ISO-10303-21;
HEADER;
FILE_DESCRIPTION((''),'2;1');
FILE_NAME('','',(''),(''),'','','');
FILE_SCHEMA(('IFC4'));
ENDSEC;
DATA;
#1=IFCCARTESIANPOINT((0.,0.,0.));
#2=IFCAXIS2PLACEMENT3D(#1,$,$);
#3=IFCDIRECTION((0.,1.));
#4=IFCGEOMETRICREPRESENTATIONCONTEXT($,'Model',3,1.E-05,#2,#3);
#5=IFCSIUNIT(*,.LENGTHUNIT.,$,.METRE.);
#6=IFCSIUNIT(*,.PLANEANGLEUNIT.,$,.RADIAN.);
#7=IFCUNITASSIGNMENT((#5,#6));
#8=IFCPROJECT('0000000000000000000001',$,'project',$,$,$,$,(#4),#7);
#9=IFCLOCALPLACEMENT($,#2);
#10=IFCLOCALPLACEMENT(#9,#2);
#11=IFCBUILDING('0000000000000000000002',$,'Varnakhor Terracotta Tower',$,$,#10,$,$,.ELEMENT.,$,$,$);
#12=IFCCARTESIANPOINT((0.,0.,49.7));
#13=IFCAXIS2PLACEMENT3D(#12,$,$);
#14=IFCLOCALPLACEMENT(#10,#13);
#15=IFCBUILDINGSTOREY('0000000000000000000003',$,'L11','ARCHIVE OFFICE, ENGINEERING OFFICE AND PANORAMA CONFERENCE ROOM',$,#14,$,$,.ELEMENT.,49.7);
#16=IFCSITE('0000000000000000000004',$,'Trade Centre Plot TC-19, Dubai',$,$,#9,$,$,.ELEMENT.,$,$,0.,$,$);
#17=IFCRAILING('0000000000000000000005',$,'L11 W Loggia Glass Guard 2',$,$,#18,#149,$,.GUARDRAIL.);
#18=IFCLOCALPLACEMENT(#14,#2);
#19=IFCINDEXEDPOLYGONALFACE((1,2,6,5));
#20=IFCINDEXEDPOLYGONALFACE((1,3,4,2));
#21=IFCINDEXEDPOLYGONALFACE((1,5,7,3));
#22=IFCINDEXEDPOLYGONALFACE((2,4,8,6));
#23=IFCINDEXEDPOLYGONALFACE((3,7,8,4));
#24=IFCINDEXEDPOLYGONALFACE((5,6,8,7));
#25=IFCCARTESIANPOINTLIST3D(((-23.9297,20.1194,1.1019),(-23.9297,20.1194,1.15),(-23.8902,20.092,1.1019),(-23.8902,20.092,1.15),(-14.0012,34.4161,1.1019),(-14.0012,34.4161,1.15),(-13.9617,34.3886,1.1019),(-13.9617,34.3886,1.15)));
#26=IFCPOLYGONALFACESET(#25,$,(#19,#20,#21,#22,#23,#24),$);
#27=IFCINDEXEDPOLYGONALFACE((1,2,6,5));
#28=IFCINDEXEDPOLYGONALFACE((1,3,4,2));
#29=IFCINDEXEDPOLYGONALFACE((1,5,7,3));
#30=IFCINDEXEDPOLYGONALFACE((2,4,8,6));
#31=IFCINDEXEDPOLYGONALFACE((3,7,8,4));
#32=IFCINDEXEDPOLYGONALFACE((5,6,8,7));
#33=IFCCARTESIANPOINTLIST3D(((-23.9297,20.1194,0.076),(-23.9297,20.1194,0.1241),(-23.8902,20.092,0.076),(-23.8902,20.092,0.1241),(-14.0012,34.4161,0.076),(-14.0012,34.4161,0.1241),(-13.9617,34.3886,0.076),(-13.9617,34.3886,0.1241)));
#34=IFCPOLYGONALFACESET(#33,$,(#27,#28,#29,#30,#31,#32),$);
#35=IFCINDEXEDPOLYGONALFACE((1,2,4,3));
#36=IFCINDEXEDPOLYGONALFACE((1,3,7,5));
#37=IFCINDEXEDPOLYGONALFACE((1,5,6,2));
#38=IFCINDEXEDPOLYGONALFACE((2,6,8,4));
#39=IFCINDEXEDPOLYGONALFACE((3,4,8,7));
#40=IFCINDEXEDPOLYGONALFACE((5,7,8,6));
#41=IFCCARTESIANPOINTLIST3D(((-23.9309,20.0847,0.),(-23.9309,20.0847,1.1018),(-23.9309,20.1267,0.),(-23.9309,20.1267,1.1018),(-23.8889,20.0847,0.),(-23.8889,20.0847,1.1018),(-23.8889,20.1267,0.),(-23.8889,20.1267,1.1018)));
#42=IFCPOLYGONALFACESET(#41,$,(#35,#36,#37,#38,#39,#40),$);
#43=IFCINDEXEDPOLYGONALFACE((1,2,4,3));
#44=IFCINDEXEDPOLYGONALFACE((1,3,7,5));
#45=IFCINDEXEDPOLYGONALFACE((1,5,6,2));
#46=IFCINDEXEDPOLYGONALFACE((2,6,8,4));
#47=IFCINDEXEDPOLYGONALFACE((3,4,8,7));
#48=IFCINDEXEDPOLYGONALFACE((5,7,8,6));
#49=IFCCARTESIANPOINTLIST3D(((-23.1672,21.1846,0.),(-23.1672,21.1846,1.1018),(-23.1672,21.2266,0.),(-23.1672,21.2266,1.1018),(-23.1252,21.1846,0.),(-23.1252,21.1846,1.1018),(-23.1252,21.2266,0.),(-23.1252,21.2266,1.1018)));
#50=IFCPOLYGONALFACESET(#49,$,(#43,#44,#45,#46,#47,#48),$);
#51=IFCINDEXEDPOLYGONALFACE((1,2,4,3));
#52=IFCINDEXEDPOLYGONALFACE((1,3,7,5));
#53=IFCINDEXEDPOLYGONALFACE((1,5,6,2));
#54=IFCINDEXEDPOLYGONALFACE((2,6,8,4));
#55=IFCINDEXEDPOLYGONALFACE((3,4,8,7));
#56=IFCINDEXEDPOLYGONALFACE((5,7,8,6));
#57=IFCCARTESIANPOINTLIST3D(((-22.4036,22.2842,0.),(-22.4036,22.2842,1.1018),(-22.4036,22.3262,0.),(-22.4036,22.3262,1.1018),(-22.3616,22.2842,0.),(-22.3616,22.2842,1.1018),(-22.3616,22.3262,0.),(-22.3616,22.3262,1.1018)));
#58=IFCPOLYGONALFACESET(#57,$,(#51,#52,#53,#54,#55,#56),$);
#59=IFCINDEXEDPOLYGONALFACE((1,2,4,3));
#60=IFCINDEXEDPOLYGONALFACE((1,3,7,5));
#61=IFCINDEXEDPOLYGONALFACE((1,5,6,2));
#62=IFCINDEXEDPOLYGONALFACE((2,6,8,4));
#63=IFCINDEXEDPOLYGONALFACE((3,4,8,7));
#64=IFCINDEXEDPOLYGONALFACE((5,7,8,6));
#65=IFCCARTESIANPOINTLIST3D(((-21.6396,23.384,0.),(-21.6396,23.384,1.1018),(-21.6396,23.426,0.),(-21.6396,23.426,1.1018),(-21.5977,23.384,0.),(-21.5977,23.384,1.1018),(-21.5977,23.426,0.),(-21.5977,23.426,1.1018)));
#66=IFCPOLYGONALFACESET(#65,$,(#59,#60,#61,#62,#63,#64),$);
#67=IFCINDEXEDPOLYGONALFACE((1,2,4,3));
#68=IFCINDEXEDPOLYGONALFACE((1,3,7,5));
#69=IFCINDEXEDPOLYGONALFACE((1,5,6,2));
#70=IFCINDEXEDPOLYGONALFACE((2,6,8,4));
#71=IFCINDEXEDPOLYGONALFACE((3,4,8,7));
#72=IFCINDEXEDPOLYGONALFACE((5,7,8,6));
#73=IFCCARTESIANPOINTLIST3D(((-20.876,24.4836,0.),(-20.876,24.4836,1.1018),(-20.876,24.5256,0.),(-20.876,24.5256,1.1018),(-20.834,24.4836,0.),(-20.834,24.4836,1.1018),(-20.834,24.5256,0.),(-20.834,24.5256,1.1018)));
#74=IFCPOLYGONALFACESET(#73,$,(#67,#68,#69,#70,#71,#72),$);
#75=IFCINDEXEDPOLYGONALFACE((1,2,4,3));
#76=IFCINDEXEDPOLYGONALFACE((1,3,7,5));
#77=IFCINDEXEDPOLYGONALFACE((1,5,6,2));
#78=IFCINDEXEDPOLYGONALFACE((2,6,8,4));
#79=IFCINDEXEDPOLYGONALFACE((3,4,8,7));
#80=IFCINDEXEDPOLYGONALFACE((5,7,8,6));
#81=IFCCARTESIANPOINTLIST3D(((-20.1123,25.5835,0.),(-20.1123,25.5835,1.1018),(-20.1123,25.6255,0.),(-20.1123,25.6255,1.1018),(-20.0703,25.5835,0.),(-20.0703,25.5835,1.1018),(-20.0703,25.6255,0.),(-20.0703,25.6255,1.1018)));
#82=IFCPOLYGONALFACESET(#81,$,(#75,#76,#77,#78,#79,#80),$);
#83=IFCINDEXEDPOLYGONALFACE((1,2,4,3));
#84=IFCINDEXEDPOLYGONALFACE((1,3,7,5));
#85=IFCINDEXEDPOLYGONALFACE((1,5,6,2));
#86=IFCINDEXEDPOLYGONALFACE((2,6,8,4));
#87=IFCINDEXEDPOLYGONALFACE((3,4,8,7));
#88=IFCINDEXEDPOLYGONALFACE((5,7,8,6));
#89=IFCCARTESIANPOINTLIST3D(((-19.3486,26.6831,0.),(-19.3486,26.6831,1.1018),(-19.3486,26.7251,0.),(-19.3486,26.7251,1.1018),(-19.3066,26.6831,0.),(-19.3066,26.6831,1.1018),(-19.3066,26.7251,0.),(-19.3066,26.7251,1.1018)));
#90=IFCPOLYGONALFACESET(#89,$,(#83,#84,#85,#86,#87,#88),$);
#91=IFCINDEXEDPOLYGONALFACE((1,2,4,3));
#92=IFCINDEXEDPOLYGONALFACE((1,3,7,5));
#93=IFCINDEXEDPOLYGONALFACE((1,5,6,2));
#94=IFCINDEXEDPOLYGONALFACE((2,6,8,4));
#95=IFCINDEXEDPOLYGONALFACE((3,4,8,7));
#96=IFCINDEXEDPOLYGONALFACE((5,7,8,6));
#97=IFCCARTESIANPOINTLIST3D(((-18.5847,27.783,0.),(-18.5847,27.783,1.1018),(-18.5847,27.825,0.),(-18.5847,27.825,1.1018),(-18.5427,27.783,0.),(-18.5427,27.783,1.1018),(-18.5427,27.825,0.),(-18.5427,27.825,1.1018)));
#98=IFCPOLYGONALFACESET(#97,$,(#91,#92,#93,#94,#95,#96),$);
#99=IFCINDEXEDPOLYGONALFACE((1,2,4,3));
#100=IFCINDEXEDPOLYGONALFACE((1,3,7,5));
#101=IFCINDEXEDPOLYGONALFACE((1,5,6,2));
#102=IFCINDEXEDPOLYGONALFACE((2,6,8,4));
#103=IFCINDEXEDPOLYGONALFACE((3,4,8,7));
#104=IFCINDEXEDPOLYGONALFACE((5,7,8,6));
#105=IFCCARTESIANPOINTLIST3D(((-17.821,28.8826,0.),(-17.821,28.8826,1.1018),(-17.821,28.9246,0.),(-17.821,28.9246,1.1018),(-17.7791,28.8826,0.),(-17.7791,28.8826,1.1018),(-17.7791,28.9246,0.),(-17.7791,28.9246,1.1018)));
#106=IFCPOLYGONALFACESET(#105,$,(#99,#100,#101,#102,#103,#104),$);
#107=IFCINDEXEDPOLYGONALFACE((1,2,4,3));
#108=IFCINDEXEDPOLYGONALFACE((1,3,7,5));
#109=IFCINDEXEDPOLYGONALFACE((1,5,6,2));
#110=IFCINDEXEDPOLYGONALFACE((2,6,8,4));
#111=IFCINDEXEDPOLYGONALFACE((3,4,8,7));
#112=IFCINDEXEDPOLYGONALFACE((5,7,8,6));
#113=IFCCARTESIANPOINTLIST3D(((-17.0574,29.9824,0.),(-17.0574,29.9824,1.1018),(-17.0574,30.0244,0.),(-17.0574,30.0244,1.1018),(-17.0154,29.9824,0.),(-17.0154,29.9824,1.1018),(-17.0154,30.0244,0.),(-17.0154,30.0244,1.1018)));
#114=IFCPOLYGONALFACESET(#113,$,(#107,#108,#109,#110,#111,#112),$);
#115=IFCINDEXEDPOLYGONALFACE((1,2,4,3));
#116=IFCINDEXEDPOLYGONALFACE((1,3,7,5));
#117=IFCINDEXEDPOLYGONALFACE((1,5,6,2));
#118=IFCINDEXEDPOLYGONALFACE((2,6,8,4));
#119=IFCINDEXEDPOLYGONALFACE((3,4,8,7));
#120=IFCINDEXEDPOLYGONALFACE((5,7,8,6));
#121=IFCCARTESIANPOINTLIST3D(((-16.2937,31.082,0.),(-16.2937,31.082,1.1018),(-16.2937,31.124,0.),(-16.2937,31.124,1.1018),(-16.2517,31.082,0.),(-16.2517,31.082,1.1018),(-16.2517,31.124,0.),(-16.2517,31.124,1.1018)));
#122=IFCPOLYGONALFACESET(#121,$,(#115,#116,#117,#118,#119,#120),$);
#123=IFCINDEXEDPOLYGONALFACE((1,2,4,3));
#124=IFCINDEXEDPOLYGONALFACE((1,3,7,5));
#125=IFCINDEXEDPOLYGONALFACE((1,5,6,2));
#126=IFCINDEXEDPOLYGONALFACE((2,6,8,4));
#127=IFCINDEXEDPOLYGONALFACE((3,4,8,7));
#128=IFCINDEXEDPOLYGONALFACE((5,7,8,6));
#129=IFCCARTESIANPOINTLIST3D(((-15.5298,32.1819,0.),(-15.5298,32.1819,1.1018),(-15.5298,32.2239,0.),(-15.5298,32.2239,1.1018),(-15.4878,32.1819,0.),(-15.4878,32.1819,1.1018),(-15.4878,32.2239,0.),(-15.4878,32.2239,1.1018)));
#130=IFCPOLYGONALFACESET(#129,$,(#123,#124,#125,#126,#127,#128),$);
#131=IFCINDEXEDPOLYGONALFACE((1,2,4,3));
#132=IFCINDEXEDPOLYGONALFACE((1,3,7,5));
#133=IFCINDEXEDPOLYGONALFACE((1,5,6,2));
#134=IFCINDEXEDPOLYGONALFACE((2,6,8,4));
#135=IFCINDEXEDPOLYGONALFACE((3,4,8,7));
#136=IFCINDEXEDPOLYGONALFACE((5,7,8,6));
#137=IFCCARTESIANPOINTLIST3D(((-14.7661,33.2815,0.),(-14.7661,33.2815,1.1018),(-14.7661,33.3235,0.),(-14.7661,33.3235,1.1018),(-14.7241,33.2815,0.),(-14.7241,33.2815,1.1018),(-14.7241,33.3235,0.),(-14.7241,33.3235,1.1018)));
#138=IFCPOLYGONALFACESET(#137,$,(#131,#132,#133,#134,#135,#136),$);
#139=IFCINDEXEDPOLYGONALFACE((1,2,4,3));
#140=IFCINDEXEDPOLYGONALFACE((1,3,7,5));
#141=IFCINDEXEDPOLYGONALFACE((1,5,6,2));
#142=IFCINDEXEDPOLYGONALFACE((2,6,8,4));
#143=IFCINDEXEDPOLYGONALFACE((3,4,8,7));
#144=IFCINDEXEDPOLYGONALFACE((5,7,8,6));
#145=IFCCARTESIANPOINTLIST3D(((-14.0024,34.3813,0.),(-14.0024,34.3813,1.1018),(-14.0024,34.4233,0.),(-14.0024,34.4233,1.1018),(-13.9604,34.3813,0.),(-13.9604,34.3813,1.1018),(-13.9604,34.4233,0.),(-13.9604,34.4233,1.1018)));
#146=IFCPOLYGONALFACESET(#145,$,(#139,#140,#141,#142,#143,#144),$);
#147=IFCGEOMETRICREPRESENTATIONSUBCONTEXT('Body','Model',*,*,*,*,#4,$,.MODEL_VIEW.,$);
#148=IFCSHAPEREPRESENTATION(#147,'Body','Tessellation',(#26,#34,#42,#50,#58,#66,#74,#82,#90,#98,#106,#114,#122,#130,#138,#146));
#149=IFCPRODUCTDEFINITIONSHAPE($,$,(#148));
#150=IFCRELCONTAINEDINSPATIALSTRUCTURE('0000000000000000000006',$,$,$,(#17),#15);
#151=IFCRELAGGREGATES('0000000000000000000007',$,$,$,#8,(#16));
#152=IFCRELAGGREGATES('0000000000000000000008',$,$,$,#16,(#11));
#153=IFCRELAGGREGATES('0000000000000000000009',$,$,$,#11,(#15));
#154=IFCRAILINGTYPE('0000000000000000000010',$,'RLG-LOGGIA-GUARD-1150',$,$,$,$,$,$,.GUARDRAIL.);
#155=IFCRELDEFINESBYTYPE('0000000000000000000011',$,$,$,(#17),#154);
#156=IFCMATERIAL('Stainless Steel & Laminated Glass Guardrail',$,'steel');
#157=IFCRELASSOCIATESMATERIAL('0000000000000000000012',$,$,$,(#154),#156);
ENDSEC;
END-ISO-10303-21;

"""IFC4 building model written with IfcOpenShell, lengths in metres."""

from ifc_helpers import new_model, si_unit, direction, frame, origin, origin_2d, place, context, subcontext, project, spatial, rectangle, extrude, material, type_object, element, save


model = new_model("IFC4")

# Units and contexts
model_context = context("Model", 3, precision=1e-05, world=origin(), true_north=direction((0.0, 1.0)))
body_context = subcontext(model_context, "Body", "Model", "MODEL_VIEW")
ifc_project = project(units=[si_unit("LENGTHUNIT", "METRE"), si_unit("PLANEANGLEUNIT", "RADIAN")], contexts=[model_context])

# Site, building, storey
site_placement = place(None, origin())
site = spatial("IfcSite", under=ifc_project, at=site_placement, Name="Trade Centre Plot TC-19, Dubai", CompositionType="ELEMENT", RefElevation=0.0)
building_placement = place(site_placement, origin())
building = spatial("IfcBuilding", under=site, at=building_placement, Name="Varnakhor Terracotta Tower", CompositionType="ELEMENT")
storey_placement = place(building_placement, frame((0.0, 0.0, 49.7)))
storey = spatial("IfcBuildingStorey", under=building, at=storey_placement, Name="L11", Description="ARCHIVE OFFICE, ENGINEERING OFFICE AND PANORAMA CONFERENCE ROOM", CompositionType="ELEMENT", Elevation=49.7)

# Railing
ifc_material_1 = material(Name="Stainless Steel & Laminated Glass Guardrail", Category="steel")
railing_type = type_object("IfcRailingType", Name="RLG-LOGGIA-GUARD-1150", PredefinedType="GUARDRAIL", material=ifc_material_1)
railing_1_placement = place(storey_placement, frame((-23.9099, 20.1057, 0.0)))
element("IfcRailing", 1, at=railing_1_placement, inside=storey, type_object=railing_type, Name="L11 W Loggia Glass Guard 2", PredefinedType="GUARDRAIL", context=body_context, shape_type="SweptSolid", body=[
    extrude(rectangle(XDim=0.0481, YDim=0.0481, at=origin_2d()), frame((0.0, 0.0, 1.126), z_axis=(0.570406, 0.821363, 0.0), x_axis=(-0.821363, 0.570406, 0.0)), (0.0, 0.0, 1.0), 17.406),
    extrude(rectangle(XDim=0.0481, YDim=0.0481, at=origin_2d()), frame((0.0, 0.0, 0.1001), z_axis=(0.570406, 0.821363, 0.0), x_axis=(-0.821363, 0.570406, 0.0)), (0.0, 0.0, 1.0), 17.406),
    extrude(rectangle(XDim=0.042, YDim=0.042, at=origin_2d()), origin(), (0.0, 0.0, 1.0), 1.1018),
    extrude(rectangle(XDim=0.042, YDim=0.042, at=origin_2d()), frame((0.7637, 1.0999, 0.0)), (0.0, 0.0, 1.0), 1.1018),
    extrude(rectangle(XDim=0.042, YDim=0.042, at=origin_2d()), frame((1.5273, 2.1995, 0.0)), (0.0, 0.0, 1.0), 1.1018),
    extrude(rectangle(XDim=0.042, YDim=0.042, at=origin_2d()), frame((2.2913, 3.2993, 0.0)), (0.0, 0.0, 1.0), 1.1018),
    extrude(rectangle(XDim=0.042, YDim=0.042, at=origin_2d()), frame((3.0549, 4.3989, 0.0)), (0.0, 0.0, 1.0), 1.1018),
    extrude(rectangle(XDim=0.042, YDim=0.042, at=origin_2d()), frame((3.8186, 5.4988, 0.0)), (0.0, 0.0, 1.0), 1.1018),
    extrude(rectangle(XDim=0.042, YDim=0.042, at=origin_2d()), frame((4.5823, 6.5984, 0.0)), (0.0, 0.0, 1.0), 1.1018),
    extrude(rectangle(XDim=0.042, YDim=0.042, at=origin_2d()), frame((5.3462, 7.6982, 0.0)), (0.0, 0.0, 1.0), 1.1018),
    extrude(rectangle(XDim=0.042, YDim=0.042, at=origin_2d()), frame((6.1099, 8.7979, 0.0)), (0.0, 0.0, 1.0), 1.1018),
    extrude(rectangle(XDim=0.042, YDim=0.042, at=origin_2d()), frame((6.8735, 9.8977, 0.0)), (0.0, 0.0, 1.0), 1.1018),
    extrude(rectangle(XDim=0.042, YDim=0.042, at=origin_2d()), frame((7.6372, 10.9973, 0.0)), (0.0, 0.0, 1.0), 1.1018),
    extrude(rectangle(XDim=0.042, YDim=0.042, at=origin_2d()), frame((8.4011, 12.0972, 0.0)), (0.0, 0.0, 1.0), 1.1018),
    extrude(rectangle(XDim=0.042, YDim=0.042, at=origin_2d()), frame((9.1648, 13.1968, 0.0)), (0.0, 0.0, 1.0), 1.1018),
    extrude(rectangle(XDim=0.042, YDim=0.042, at=origin_2d()), frame((9.9285, 14.2966, 0.0)), (0.0, 0.0, 1.0), 1.1018),
])

save(model, "model.ifc")
